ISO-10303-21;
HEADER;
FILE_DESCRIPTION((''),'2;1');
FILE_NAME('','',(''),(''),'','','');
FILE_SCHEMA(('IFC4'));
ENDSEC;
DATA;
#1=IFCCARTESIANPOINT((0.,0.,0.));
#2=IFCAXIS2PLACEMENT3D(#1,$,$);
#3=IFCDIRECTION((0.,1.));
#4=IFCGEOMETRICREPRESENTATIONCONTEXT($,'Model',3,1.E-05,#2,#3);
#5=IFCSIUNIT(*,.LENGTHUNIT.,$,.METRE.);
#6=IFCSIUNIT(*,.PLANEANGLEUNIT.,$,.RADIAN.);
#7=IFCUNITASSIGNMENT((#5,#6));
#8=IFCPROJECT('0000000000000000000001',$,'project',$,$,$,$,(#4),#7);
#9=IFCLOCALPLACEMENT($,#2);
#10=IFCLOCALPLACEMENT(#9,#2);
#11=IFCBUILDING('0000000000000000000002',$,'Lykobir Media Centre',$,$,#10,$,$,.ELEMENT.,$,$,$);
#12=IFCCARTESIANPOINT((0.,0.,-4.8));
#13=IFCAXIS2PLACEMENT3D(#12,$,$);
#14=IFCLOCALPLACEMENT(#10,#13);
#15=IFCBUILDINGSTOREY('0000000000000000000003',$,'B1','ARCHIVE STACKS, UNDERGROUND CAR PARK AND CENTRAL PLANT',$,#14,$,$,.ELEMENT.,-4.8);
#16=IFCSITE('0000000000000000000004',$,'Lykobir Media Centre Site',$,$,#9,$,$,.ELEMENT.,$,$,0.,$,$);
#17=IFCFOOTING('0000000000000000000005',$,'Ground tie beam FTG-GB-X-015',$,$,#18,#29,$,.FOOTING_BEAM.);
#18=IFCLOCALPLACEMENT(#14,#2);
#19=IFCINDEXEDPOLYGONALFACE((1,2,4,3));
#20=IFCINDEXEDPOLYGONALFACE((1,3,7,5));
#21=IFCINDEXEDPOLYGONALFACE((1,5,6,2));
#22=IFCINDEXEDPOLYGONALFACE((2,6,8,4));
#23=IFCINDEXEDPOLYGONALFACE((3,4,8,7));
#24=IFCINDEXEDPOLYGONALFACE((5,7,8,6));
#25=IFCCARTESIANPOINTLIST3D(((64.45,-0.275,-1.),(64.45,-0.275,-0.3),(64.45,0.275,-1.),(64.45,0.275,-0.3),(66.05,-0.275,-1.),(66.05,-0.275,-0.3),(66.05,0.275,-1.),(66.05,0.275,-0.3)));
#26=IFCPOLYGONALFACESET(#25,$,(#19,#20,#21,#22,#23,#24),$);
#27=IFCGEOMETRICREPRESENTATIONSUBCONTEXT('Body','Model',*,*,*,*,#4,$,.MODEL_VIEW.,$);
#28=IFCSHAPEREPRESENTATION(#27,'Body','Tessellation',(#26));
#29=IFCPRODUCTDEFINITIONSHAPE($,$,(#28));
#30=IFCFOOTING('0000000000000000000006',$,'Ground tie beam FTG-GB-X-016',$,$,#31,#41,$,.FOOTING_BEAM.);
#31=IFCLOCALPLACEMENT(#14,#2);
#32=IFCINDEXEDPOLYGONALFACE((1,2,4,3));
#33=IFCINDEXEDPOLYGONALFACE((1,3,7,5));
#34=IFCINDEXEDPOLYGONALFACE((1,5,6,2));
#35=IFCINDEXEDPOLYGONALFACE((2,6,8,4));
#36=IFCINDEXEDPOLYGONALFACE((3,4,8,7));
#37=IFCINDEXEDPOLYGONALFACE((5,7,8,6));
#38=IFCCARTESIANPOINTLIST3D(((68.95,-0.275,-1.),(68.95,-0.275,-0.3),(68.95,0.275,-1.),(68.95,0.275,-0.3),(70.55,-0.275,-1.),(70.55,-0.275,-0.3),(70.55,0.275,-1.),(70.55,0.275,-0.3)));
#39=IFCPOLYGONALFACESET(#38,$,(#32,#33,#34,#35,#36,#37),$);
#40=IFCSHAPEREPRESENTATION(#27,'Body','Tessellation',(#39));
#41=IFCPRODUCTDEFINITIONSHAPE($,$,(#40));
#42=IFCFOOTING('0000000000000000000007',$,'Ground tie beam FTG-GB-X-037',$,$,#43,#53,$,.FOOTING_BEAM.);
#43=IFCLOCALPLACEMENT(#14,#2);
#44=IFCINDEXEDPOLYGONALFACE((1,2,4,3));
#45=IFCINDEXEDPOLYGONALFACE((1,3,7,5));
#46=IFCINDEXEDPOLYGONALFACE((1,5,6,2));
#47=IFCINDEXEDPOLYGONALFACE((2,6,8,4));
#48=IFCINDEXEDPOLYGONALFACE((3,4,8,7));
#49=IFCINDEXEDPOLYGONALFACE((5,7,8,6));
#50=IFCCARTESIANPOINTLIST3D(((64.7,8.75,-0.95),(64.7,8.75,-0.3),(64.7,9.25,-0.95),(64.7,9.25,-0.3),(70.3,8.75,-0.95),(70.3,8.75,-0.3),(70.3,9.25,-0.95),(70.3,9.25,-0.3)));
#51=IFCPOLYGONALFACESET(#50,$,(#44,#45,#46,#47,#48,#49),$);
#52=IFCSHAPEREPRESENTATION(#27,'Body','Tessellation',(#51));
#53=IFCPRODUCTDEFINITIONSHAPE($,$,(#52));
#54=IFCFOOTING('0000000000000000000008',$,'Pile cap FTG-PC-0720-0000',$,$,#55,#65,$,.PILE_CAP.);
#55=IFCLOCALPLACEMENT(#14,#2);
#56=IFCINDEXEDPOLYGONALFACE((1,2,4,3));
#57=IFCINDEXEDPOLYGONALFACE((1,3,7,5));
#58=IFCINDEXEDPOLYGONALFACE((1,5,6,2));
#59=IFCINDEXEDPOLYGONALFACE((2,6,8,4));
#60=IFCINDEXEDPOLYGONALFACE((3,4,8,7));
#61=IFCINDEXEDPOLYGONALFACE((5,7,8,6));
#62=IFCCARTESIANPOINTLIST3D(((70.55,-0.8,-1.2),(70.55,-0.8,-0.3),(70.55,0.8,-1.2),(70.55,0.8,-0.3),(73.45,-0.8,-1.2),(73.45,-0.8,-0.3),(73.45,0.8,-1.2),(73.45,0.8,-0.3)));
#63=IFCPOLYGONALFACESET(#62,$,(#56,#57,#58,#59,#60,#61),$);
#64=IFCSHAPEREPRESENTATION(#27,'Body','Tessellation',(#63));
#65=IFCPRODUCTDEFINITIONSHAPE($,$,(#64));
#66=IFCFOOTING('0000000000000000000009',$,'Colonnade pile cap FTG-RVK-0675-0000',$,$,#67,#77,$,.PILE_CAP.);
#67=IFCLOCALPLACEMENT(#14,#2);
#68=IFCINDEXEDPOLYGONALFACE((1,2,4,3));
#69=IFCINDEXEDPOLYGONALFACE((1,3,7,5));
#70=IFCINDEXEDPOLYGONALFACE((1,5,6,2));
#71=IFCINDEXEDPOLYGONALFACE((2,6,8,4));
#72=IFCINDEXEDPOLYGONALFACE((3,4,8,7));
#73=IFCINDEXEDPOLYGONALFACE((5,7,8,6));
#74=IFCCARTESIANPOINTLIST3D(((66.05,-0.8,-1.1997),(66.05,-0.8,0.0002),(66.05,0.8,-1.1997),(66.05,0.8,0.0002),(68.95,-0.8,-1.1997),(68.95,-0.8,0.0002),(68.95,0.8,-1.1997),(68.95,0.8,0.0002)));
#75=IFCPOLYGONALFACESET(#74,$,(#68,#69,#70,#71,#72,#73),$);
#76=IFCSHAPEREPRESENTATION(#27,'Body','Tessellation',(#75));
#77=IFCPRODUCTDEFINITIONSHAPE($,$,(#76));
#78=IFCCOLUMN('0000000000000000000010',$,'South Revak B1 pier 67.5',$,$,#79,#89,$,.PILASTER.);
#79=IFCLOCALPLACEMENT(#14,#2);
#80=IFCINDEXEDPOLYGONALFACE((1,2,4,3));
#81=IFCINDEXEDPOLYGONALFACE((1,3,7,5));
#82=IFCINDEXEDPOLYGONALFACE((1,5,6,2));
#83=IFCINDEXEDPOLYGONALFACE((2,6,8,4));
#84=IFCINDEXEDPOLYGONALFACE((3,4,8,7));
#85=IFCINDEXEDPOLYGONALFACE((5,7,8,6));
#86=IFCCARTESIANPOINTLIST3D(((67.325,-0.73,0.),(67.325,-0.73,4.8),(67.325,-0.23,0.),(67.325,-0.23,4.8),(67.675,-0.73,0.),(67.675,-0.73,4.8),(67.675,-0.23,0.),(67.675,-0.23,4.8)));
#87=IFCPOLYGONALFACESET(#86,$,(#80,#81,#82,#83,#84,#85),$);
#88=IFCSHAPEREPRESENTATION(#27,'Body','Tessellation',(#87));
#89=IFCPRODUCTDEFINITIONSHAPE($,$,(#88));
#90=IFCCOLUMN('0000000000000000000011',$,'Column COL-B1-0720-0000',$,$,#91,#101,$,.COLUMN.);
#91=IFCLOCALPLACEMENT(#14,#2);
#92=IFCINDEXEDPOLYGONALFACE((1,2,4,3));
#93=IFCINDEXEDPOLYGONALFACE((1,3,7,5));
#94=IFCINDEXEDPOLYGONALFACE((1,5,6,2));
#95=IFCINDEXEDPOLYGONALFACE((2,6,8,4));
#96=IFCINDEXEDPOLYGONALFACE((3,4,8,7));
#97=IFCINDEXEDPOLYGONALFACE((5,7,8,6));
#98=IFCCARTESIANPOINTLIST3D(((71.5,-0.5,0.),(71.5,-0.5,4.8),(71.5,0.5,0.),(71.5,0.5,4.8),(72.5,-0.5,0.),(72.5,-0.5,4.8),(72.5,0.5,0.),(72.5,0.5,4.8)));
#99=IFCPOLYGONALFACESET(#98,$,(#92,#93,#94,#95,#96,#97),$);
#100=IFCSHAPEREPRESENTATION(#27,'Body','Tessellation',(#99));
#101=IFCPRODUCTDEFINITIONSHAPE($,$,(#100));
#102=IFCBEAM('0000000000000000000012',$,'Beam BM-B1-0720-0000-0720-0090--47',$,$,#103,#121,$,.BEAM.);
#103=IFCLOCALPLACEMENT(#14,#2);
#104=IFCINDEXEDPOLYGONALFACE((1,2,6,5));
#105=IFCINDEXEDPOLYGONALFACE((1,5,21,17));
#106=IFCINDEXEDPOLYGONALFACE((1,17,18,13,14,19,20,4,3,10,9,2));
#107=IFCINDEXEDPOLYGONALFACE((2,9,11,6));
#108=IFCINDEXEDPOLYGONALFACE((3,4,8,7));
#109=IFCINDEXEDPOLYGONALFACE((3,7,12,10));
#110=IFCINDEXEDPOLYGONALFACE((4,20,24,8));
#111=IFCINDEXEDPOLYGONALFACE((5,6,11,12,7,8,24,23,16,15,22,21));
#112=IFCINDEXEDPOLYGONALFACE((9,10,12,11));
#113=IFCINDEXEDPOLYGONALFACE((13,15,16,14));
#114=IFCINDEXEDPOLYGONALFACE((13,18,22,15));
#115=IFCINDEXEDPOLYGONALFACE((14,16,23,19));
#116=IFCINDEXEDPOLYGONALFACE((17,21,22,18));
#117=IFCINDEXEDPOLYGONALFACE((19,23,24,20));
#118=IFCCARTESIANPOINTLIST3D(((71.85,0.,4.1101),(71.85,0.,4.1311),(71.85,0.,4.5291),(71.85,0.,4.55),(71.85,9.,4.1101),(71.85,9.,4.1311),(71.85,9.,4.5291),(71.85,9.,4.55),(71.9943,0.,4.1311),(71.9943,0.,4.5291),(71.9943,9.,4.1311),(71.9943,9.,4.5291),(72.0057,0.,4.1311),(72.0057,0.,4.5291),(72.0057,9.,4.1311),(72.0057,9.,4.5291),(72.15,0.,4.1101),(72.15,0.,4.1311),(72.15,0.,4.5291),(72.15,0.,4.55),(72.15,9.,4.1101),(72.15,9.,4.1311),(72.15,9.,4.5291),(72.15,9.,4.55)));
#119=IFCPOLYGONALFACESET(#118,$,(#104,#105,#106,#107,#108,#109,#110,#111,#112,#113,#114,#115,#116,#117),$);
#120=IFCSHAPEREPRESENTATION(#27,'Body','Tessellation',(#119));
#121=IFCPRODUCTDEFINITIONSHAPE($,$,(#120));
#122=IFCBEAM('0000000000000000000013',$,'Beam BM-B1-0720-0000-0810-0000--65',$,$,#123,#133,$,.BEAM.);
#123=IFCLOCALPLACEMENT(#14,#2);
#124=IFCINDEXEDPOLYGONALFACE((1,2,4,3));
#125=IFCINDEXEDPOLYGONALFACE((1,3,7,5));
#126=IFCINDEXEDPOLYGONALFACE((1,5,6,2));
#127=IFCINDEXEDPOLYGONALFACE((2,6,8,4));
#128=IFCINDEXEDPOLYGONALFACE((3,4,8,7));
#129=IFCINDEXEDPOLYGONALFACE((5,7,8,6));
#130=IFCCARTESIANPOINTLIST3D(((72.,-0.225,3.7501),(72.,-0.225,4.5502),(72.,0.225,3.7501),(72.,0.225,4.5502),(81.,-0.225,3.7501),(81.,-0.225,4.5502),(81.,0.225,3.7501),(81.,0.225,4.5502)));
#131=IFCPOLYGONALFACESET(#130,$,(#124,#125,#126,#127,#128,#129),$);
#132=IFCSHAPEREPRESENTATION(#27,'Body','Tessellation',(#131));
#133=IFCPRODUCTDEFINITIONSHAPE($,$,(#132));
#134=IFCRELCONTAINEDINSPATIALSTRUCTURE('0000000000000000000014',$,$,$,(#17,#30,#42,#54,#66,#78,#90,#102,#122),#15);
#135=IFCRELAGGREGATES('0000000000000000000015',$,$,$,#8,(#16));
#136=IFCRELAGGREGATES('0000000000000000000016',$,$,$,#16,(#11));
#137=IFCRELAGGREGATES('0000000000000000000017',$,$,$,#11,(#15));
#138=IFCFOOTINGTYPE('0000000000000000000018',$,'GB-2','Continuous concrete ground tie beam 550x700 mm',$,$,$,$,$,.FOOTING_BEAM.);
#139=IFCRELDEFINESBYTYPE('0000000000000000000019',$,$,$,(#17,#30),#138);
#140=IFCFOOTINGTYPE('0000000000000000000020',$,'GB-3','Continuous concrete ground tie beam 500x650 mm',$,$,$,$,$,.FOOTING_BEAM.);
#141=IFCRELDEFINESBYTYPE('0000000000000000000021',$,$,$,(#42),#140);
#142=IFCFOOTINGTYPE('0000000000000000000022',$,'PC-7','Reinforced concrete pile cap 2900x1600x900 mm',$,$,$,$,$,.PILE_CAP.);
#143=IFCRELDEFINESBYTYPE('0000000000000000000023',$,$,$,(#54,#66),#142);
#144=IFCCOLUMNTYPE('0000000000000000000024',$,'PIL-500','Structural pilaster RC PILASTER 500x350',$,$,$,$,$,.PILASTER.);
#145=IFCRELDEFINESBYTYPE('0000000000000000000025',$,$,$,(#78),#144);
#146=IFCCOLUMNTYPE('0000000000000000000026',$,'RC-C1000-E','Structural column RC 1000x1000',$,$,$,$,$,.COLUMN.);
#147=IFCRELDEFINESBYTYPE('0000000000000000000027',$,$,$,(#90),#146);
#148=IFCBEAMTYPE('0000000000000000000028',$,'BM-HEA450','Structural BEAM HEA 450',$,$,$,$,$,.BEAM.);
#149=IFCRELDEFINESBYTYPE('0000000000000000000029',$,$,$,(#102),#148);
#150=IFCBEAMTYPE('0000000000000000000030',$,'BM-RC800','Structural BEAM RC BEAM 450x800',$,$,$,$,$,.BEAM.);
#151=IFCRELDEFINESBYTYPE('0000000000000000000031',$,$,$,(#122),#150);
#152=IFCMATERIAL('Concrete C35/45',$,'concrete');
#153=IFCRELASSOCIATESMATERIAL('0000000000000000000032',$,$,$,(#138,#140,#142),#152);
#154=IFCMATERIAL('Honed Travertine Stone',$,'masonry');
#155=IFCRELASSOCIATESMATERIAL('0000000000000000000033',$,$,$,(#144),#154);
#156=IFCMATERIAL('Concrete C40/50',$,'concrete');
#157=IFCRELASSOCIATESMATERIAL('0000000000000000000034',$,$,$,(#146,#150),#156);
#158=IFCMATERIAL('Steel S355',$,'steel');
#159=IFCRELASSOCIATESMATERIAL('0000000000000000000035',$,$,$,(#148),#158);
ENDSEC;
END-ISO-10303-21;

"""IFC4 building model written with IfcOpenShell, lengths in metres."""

from ifc_helpers import new_model, si_unit, direction, frame, origin, origin_2d, place, context, subcontext, project, spatial, rectangle, i_section, extrude, material, material_profile, profile_set, type_object, element, save


model = new_model("IFC4")

# Units and contexts
model_context = context("Model", 3, precision=1e-05, world=origin(), true_north=direction((0.0, 1.0)))
body_context = subcontext(model_context, "Body", "Model", "MODEL_VIEW")
ifc_project = project(units=[si_unit("LENGTHUNIT", "METRE"), si_unit("PLANEANGLEUNIT", "RADIAN")], contexts=[model_context])

# Site, building, storey
site_placement = place(None, origin())
site = spatial("IfcSite", under=ifc_project, at=site_placement, Name="Lykobir Media Centre Site", CompositionType="ELEMENT", RefElevation=0.0)
building_placement = place(site_placement, origin())
building = spatial("IfcBuilding", under=site, at=building_placement, Name="Lykobir Media Centre", CompositionType="ELEMENT")
storey_placement = place(building_placement, frame((0.0, 0.0, -4.8)))
storey = spatial("IfcBuildingStorey", under=building, at=storey_placement, Name="B1", Description="ARCHIVE STACKS, UNDERGROUND CAR PARK AND CENTRAL PLANT", CompositionType="ELEMENT", Elevation=-4.8)

# Footings
ifc_material_1 = material(Name="Concrete C35/45", Category="concrete")
footing_type_1 = type_object("IfcFootingType", Name="GB-2", Description="Continuous concrete ground tie beam 550x700 mm", PredefinedType="FOOTING_BEAM", material=ifc_material_1)
for number, where, z_axis, x_axis, name in (
    (1, (65.25, 0.0, -1.0), (0.0, 0.0, 1.0), (1.0, 0.0, 0.0), "Ground tie beam FTG-GB-X-015"),
    (2, (69.75, 0.0, -1.0), (0.0, 0.0, 1.0), (1.0, 0.0, 0.0), "Ground tie beam FTG-GB-X-016"),
):
    element("IfcFooting", number, at=place(storey_placement, frame(where, z_axis=z_axis, x_axis=x_axis)), inside=storey, type_object=footing_type_1, Name=name, PredefinedType="FOOTING_BEAM", context=body_context, shape_type="SweptSolid", body=[
        extrude(rectangle(XDim=1.6001, YDim=0.55, at=origin_2d()), origin(), (0.0, 0.0, 1.0), 0.7),
    ])
footing_type_2 = type_object("IfcFootingType", Name="GB-3", Description="Continuous concrete ground tie beam 500x650 mm", PredefinedType="FOOTING_BEAM", material=ifc_material_1)
footing_1_placement = place(storey_placement, frame((67.5, 9.0, -0.95), z_axis=(0.0, 0.0, 1.0), x_axis=(1.0, 0.0, 0.0)))
element("IfcFooting", 3, at=footing_1_placement, inside=storey, type_object=footing_type_2, Name="Ground tie beam FTG-GB-X-037", PredefinedType="FOOTING_BEAM", context=body_context, shape_type="SweptSolid", body=[
    extrude(rectangle(XDim=5.6001, YDim=0.5, at=origin_2d()), origin(), (0.0, 0.0, 1.0), 0.6499),
])
footing_type_3 = type_object("IfcFootingType", Name="PC-7", Description="Reinforced concrete pile cap 2900x1600x900 mm", PredefinedType="PILE_CAP", material=ifc_material_1)
footing_2_placement = place(storey_placement, frame((72.0, 0.0, -1.2), z_axis=(0.0, 0.0, 1.0), x_axis=(1.0, 0.0, 0.0)))
element("IfcFooting", 4, at=footing_2_placement, inside=storey, type_object=footing_type_3, Name="Pile cap FTG-PC-0720-0000", PredefinedType="PILE_CAP", context=body_context, shape_type="SweptSolid", body=[
    extrude(rectangle(XDim=2.8999, YDim=1.6001, at=origin_2d()), origin(), (0.0, 0.0, 1.0), 0.8999),
])
footing_3_placement = place(storey_placement, frame((67.5, 0.0, -1.1997), z_axis=(0.0, 0.0, 1.0), x_axis=(1.0, 0.0, 0.0)))
element("IfcFooting", 5, at=footing_3_placement, inside=storey, type_object=footing_type_3, Name="Colonnade pile cap FTG-RVK-0675-0000", PredefinedType="PILE_CAP", context=body_context, shape_type="SweptSolid", body=[
    extrude(rectangle(XDim=2.8999, YDim=1.6001, at=origin_2d()), origin(), (0.0, 0.0, 1.0), 1.2),
])

# Columns
ifc_material_2 = material(Name="Honed Travertine Stone", Category="masonry")
ifc_material_profile_1 = material_profile(ifc_material_2, rectangle(XDim=0.3501, YDim=0.5, at=origin_2d()), Name="RC PILASTER 500x350")
ifc_profile_set_1 = profile_set([ifc_material_profile_1], Name="Honed Travertine Stone")
column_type_1 = type_object("IfcColumnType", Name="PIL-500", Description="Structural pilaster RC PILASTER 500x350", PredefinedType="PILASTER", material=ifc_profile_set_1)
column_1_placement = place(storey_placement, frame((67.5, -0.48, 0.0), z_axis=(0.0, 0.0, 1.0), x_axis=(1.0, 0.0, 0.0)))
element("IfcColumn", 6, at=column_1_placement, inside=storey, type_object=column_type_1, Name="South Revak B1 pier 67.5", PredefinedType="PILASTER", context=body_context, shape_type="SweptSolid", body=[
    extrude(rectangle(XDim=0.3501, YDim=0.5, at=origin_2d()), origin(), (0.0, 0.0, 1.0), 4.8),
])
ifc_material_3 = material(Name="Concrete C40/50", Category="concrete")
ifc_material_profile_2 = material_profile(ifc_material_3, rectangle(XDim=1.0, YDim=1.0, at=origin_2d()), Name="RC 1000x1000")
ifc_profile_set_2 = profile_set([ifc_material_profile_2], Name="Concrete C40/50")
column_type_2 = type_object("IfcColumnType", Name="RC-C1000-E", Description="Structural column RC 1000x1000", PredefinedType="COLUMN", material=ifc_profile_set_2)
column_2_placement = place(storey_placement, frame((72.0, 0.0, 0.0), z_axis=(0.0, 0.0, 1.0), x_axis=(1.0, 0.0, 0.0)))
element("IfcColumn", 7, at=column_2_placement, inside=storey, type_object=column_type_2, Name="Column COL-B1-0720-0000", PredefinedType="COLUMN", context=body_context, shape_type="SweptSolid", body=[
    extrude(rectangle(XDim=1.0, YDim=1.0, at=origin_2d()), origin(), (0.0, 0.0, 1.0), 4.8),
])

# Beams
ifc_material_4 = material(Name="Steel S355", Category="steel")
ifc_material_profile_3 = material_profile(ifc_material_4, i_section(OverallWidth=0.3, OverallDepth=0.4399, WebThickness=0.0115, FlangeThickness=0.021, at=origin_2d()), Name="HEA 450")
ifc_profile_set_3 = profile_set([ifc_material_profile_3], Name="Steel S355")
beam_type_1 = type_object("IfcBeamType", Name="BM-HEA450", Description="Structural BEAM HEA 450", PredefinedType="BEAM", material=ifc_profile_set_3)
beam_1_placement = place(storey_placement, frame((72.0, 0.0, 4.3301), z_axis=(0.0, 1.0, 0.0), x_axis=(-1.0, 0.0, 0.0)))
element("IfcBeam", 8, at=beam_1_placement, inside=storey, type_object=beam_type_1, Name="Beam BM-B1-0720-0000-0720-0090--47", PredefinedType="BEAM", context=body_context, shape_type="SweptSolid", body=[
    extrude(i_section(OverallWidth=0.3, OverallDepth=0.4399, WebThickness=0.0115, FlangeThickness=0.021, at=origin_2d()), origin(), (0.0, 0.0, 1.0), 9.0),
])
ifc_material_profile_4 = material_profile(ifc_material_3, rectangle(XDim=0.45, YDim=0.8, at=origin_2d()), Name="RC BEAM 450x800")
ifc_profile_set_4 = profile_set([ifc_material_profile_4], Name="Concrete C40/50")
beam_type_2 = type_object("IfcBeamType", Name="BM-RC800", Description="Structural BEAM RC BEAM 450x800", PredefinedType="BEAM", material=ifc_profile_set_4)
beam_2_placement = place(storey_placement, frame((72.0, 0.0, 4.1501), z_axis=(1.0, 0.0, 0.0), x_axis=(0.0, 1.0, 0.0)))
element("IfcBeam", 9, at=beam_2_placement, inside=storey, type_object=beam_type_2, Name="Beam BM-B1-0720-0000-0810-0000--65", PredefinedType="BEAM", context=body_context, shape_type="SweptSolid", body=[
    extrude(rectangle(XDim=0.45, YDim=0.8, at=origin_2d()), origin(), (0.0, 0.0, 1.0), 9.0),
])

save(model, "model.ifc")
